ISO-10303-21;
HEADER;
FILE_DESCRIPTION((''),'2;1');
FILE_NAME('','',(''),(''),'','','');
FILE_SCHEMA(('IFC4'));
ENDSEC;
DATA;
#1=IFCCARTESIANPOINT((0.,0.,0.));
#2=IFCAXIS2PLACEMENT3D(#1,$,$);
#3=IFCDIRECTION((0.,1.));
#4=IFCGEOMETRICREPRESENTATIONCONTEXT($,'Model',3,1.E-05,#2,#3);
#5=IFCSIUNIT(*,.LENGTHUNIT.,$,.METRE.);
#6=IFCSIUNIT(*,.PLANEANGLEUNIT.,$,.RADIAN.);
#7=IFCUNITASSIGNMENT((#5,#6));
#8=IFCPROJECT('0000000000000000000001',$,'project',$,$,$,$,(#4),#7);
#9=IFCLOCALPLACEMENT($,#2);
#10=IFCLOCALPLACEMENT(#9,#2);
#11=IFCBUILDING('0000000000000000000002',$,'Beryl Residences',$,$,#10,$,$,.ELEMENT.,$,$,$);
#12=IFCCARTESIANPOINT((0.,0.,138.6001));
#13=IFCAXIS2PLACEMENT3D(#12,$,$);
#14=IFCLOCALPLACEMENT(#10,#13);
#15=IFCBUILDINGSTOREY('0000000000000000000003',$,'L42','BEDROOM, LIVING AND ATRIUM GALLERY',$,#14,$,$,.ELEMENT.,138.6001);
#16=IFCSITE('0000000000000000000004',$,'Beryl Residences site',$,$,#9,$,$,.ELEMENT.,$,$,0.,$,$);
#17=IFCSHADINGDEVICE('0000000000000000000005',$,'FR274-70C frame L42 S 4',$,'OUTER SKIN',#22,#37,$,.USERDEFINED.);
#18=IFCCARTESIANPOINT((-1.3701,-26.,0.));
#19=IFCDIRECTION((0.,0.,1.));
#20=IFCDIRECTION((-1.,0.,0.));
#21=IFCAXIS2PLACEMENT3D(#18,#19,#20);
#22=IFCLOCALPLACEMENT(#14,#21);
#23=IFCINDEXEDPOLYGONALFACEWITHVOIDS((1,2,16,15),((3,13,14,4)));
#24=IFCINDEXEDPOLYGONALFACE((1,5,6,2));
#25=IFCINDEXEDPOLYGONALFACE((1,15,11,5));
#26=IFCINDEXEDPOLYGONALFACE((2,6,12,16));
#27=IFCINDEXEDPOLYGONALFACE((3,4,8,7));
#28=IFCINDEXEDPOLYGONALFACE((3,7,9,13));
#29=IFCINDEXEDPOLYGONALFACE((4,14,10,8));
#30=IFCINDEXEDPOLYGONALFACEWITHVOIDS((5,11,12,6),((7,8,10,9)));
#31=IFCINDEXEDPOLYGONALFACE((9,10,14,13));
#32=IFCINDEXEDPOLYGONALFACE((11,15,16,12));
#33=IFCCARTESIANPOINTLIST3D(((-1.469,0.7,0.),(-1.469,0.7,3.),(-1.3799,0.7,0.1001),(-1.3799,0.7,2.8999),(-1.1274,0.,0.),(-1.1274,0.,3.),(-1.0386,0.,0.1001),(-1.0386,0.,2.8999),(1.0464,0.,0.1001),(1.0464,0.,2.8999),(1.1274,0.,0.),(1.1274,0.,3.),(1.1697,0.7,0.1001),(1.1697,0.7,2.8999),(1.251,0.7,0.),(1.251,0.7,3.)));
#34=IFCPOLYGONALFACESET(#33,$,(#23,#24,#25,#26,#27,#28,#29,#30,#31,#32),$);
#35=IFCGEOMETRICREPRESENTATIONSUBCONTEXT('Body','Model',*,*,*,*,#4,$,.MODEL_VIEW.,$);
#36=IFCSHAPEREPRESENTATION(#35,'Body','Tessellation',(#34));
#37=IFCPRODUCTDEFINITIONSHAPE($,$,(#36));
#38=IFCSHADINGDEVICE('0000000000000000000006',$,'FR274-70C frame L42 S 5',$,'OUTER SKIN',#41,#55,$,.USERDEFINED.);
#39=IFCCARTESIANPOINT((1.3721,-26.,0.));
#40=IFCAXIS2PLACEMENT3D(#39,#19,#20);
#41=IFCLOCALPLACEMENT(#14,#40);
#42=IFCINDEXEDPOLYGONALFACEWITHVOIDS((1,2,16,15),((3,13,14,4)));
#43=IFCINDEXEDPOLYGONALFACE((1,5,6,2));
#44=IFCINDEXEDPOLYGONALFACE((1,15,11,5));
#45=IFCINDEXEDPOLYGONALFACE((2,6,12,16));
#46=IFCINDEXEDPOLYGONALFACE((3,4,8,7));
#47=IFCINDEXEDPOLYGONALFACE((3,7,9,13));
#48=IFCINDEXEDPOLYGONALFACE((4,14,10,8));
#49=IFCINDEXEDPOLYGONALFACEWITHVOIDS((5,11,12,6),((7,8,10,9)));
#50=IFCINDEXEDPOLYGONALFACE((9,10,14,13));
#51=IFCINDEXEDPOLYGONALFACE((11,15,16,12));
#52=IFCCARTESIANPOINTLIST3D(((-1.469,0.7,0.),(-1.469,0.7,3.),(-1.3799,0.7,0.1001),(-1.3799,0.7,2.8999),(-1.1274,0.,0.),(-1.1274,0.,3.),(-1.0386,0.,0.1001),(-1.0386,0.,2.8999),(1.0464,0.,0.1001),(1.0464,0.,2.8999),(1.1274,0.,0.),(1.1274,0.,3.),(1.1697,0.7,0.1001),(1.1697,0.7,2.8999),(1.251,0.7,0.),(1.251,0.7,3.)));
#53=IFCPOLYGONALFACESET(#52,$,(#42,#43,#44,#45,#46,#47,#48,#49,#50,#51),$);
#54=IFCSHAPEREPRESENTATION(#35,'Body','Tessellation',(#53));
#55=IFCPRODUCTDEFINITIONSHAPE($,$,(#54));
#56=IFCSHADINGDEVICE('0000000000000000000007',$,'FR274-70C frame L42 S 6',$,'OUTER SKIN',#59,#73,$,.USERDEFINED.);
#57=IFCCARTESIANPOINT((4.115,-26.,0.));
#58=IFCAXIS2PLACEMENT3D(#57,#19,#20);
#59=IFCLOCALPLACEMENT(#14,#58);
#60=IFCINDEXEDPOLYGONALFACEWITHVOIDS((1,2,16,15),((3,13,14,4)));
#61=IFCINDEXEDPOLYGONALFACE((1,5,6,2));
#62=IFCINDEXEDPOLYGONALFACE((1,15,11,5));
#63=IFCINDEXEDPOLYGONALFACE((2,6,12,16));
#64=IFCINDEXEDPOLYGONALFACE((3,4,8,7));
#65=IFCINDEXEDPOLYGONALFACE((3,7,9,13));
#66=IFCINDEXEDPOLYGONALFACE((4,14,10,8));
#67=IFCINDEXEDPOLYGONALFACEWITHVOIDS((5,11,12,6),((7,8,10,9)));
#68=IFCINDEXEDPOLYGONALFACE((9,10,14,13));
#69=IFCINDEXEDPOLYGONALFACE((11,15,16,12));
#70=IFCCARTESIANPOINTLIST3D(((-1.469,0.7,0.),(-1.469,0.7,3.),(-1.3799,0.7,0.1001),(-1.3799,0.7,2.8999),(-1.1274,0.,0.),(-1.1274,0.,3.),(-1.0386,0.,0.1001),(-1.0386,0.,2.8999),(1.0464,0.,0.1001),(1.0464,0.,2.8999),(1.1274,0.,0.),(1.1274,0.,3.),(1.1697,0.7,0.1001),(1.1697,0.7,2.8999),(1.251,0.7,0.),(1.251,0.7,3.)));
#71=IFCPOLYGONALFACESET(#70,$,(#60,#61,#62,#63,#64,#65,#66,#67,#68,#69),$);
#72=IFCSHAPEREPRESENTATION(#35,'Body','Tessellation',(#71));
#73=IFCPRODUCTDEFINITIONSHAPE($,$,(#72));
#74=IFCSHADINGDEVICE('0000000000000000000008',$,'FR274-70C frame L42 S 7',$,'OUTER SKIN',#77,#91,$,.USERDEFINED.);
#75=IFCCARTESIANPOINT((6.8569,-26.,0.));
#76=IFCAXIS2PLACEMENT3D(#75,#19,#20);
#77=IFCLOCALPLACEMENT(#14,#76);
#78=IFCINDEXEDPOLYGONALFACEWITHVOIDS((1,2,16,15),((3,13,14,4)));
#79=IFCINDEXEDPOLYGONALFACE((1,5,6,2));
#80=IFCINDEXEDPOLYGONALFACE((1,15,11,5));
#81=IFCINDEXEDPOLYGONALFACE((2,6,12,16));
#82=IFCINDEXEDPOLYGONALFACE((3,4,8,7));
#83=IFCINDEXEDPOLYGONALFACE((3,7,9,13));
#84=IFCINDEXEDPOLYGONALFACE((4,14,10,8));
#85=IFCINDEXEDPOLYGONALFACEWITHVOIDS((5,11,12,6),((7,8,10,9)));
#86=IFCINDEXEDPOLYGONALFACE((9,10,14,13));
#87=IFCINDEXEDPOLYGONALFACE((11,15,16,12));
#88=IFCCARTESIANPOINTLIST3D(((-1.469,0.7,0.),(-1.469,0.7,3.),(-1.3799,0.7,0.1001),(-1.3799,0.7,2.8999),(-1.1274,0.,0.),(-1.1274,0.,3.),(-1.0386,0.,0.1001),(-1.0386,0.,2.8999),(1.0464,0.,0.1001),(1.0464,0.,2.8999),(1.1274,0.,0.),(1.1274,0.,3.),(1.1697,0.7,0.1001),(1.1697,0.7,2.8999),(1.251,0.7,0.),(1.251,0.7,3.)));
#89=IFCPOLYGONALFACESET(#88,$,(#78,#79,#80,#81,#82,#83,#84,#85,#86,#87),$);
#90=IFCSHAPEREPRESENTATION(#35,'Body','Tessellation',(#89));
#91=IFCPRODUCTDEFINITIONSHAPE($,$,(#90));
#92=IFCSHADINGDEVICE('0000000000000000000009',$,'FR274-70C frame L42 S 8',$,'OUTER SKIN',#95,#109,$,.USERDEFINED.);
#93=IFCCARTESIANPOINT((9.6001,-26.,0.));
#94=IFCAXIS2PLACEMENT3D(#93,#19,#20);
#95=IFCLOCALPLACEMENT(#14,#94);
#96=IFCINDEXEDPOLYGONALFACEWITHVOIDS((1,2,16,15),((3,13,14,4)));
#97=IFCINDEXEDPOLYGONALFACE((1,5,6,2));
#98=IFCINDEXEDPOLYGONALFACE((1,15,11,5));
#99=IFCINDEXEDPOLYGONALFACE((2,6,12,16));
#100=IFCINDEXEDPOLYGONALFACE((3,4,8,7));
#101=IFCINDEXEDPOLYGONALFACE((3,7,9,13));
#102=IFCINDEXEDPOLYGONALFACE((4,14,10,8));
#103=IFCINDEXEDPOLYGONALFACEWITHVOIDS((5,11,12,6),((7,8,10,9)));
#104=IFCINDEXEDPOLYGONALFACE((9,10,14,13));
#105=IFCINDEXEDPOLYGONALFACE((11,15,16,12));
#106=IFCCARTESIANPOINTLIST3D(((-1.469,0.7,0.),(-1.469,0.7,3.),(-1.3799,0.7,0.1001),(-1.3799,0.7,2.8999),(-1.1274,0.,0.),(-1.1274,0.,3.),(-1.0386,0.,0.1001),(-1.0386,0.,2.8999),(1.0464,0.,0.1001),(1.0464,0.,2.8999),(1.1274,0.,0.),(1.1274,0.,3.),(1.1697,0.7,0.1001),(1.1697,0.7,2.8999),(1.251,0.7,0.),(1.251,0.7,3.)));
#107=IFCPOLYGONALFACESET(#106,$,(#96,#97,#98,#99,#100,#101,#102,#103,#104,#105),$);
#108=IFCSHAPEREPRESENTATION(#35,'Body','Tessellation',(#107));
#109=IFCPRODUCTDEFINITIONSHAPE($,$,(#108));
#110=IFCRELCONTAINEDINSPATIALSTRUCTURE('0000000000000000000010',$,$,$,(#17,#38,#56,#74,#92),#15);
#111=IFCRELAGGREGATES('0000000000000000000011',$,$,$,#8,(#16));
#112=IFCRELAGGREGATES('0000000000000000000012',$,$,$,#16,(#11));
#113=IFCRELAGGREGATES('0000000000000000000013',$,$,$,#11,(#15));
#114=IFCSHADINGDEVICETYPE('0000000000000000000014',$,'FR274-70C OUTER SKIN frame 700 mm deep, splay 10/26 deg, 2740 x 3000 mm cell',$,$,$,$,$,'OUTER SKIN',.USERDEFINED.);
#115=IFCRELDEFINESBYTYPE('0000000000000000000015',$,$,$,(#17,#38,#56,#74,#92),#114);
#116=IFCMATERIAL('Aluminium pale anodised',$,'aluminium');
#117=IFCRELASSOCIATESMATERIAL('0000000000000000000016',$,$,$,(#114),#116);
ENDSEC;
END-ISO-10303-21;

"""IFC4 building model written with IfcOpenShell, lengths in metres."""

from ifc_helpers import new_model, entity, si_unit, direction, frame, origin, place, context, subcontext, project, spatial, source, transform, mapped, material, type_object, type_shapes, element, save


model = new_model("IFC4")

# Units and contexts
model_context = context("Model", 3, precision=1e-05, world=origin(), true_north=direction((0.0, 1.0)))
body_context = subcontext(model_context, "Body", "Model", "MODEL_VIEW")
ifc_project = project(units=[si_unit("LENGTHUNIT", "METRE"), si_unit("PLANEANGLEUNIT", "RADIAN")], contexts=[model_context])

# Site, building, storey
site_placement = place(None, origin())
site = spatial("IfcSite", under=ifc_project, at=site_placement, Name="Beryl Residences site", CompositionType="ELEMENT", RefElevation=0.0)
building_placement = place(site_placement, origin())
building = spatial("IfcBuilding", under=site, at=building_placement, Name="Beryl Residences", CompositionType="ELEMENT")
storey_placement = place(building_placement, frame((0.0, 0.0, 138.6001)))
storey = spatial("IfcBuildingStorey", under=building, at=storey_placement, Name="L42", Description="BEDROOM, LIVING AND ATRIUM GALLERY", CompositionType="ELEMENT", Elevation=138.6001)

# Shading devices
ifc_material_1 = material(Name="Aluminium pale anodised", Category="aluminium")
shading_device_type = type_object("IfcShadingDeviceType", Name="FR274-70C OUTER SKIN frame 700 mm deep, splay 10/26 deg, 2740 x 3000 mm cell", ElementType="OUTER SKIN", PredefinedType="USERDEFINED", material=ifc_material_1)
cartesian_point_1 = entity("IfcCartesianPoint", [-1.1274, 0.0])
cartesian_point_2 = entity("IfcCartesianPoint", [-1.0464, 0.1001])
cartesian_point_3 = entity("IfcCartesianPoint", [-1.251, 0.0])
cartesian_point_4 = entity("IfcCartesianPoint", [-1.1697, 0.1001])
shared_shape_1 = source(origin(), body_context, "Body", "SweptSolid", [
    entity("IfcExtrudedAreaSolidTapered", entity("IfcArbitraryProfileDefWithVoids", "AREA", None, entity("IfcPolyline", [cartesian_point_1, entity("IfcCartesianPoint", [1.1274, 0.0]), entity("IfcCartesianPoint", [1.1274, 3.0]), entity("IfcCartesianPoint", [-1.1274, 3.0]), cartesian_point_1]), [entity("IfcPolyline", [cartesian_point_2, entity("IfcCartesianPoint", [1.0386, 0.1001]), entity("IfcCartesianPoint", [1.0386, 2.8999]), entity("IfcCartesianPoint", [-1.0464, 2.8999]), cartesian_point_2])]), entity("IfcAxis2Placement3D", entity("IfcCartesianPoint", [0.0, 0.0, 0.0]), entity("IfcDirection", [0.0, 1.0, 0.0]), entity("IfcDirection", [-1.0, 0.0, 0.0])), entity("IfcDirection", [0.0, 0.0, 1.0]), 0.7, entity("IfcArbitraryProfileDefWithVoids", "AREA", None, entity("IfcPolyline", [cartesian_point_3, entity("IfcCartesianPoint", [1.469, 0.0]), entity("IfcCartesianPoint", [1.469, 3.0]), entity("IfcCartesianPoint", [-1.251, 3.0]), cartesian_point_3]), [entity("IfcPolyline", [cartesian_point_4, entity("IfcCartesianPoint", [1.3799, 0.1001]), entity("IfcCartesianPoint", [1.3799, 2.8999]), entity("IfcCartesianPoint", [-1.1697, 2.8999]), cartesian_point_4])])),
])
type_shapes(shading_device_type, [shared_shape_1])
for number, where, z_axis, x_axis, name in (
    (1, (-1.3701, -26.0, 0.0), (0.0, 0.0, 1.0), (-1.0, 0.0, 0.0), "FR274-70C frame L42 S 4"),
    (2, (1.3721, -26.0, 0.0), (0.0, 0.0, 1.0), (-1.0, 0.0, 0.0), "FR274-70C frame L42 S 5"),
    (3, (4.115, -26.0, 0.0), (0.0, 0.0, 1.0), (-1.0, 0.0, 0.0), "FR274-70C frame L42 S 6"),
    (4, (6.8569, -26.0, 0.0), (0.0, 0.0, 1.0), (-1.0, 0.0, 0.0), "FR274-70C frame L42 S 7"),
    (5, (9.6001, -26.0, 0.0), (0.0, 0.0, 1.0), (-1.0, 0.0, 0.0), "FR274-70C frame L42 S 8"),
):
    element("IfcShadingDevice", number, at=place(storey_placement, frame(where, z_axis=z_axis, x_axis=x_axis)), inside=storey, type_object=shading_device_type, Name=name, ObjectType="OUTER SKIN", PredefinedType="USERDEFINED", context=body_context, shape_type="MappedRepresentation", body=[
        mapped(shared_shape_1, transform((0.0, 0.0, 0.0))),
    ])

save(model, "model.ifc")
